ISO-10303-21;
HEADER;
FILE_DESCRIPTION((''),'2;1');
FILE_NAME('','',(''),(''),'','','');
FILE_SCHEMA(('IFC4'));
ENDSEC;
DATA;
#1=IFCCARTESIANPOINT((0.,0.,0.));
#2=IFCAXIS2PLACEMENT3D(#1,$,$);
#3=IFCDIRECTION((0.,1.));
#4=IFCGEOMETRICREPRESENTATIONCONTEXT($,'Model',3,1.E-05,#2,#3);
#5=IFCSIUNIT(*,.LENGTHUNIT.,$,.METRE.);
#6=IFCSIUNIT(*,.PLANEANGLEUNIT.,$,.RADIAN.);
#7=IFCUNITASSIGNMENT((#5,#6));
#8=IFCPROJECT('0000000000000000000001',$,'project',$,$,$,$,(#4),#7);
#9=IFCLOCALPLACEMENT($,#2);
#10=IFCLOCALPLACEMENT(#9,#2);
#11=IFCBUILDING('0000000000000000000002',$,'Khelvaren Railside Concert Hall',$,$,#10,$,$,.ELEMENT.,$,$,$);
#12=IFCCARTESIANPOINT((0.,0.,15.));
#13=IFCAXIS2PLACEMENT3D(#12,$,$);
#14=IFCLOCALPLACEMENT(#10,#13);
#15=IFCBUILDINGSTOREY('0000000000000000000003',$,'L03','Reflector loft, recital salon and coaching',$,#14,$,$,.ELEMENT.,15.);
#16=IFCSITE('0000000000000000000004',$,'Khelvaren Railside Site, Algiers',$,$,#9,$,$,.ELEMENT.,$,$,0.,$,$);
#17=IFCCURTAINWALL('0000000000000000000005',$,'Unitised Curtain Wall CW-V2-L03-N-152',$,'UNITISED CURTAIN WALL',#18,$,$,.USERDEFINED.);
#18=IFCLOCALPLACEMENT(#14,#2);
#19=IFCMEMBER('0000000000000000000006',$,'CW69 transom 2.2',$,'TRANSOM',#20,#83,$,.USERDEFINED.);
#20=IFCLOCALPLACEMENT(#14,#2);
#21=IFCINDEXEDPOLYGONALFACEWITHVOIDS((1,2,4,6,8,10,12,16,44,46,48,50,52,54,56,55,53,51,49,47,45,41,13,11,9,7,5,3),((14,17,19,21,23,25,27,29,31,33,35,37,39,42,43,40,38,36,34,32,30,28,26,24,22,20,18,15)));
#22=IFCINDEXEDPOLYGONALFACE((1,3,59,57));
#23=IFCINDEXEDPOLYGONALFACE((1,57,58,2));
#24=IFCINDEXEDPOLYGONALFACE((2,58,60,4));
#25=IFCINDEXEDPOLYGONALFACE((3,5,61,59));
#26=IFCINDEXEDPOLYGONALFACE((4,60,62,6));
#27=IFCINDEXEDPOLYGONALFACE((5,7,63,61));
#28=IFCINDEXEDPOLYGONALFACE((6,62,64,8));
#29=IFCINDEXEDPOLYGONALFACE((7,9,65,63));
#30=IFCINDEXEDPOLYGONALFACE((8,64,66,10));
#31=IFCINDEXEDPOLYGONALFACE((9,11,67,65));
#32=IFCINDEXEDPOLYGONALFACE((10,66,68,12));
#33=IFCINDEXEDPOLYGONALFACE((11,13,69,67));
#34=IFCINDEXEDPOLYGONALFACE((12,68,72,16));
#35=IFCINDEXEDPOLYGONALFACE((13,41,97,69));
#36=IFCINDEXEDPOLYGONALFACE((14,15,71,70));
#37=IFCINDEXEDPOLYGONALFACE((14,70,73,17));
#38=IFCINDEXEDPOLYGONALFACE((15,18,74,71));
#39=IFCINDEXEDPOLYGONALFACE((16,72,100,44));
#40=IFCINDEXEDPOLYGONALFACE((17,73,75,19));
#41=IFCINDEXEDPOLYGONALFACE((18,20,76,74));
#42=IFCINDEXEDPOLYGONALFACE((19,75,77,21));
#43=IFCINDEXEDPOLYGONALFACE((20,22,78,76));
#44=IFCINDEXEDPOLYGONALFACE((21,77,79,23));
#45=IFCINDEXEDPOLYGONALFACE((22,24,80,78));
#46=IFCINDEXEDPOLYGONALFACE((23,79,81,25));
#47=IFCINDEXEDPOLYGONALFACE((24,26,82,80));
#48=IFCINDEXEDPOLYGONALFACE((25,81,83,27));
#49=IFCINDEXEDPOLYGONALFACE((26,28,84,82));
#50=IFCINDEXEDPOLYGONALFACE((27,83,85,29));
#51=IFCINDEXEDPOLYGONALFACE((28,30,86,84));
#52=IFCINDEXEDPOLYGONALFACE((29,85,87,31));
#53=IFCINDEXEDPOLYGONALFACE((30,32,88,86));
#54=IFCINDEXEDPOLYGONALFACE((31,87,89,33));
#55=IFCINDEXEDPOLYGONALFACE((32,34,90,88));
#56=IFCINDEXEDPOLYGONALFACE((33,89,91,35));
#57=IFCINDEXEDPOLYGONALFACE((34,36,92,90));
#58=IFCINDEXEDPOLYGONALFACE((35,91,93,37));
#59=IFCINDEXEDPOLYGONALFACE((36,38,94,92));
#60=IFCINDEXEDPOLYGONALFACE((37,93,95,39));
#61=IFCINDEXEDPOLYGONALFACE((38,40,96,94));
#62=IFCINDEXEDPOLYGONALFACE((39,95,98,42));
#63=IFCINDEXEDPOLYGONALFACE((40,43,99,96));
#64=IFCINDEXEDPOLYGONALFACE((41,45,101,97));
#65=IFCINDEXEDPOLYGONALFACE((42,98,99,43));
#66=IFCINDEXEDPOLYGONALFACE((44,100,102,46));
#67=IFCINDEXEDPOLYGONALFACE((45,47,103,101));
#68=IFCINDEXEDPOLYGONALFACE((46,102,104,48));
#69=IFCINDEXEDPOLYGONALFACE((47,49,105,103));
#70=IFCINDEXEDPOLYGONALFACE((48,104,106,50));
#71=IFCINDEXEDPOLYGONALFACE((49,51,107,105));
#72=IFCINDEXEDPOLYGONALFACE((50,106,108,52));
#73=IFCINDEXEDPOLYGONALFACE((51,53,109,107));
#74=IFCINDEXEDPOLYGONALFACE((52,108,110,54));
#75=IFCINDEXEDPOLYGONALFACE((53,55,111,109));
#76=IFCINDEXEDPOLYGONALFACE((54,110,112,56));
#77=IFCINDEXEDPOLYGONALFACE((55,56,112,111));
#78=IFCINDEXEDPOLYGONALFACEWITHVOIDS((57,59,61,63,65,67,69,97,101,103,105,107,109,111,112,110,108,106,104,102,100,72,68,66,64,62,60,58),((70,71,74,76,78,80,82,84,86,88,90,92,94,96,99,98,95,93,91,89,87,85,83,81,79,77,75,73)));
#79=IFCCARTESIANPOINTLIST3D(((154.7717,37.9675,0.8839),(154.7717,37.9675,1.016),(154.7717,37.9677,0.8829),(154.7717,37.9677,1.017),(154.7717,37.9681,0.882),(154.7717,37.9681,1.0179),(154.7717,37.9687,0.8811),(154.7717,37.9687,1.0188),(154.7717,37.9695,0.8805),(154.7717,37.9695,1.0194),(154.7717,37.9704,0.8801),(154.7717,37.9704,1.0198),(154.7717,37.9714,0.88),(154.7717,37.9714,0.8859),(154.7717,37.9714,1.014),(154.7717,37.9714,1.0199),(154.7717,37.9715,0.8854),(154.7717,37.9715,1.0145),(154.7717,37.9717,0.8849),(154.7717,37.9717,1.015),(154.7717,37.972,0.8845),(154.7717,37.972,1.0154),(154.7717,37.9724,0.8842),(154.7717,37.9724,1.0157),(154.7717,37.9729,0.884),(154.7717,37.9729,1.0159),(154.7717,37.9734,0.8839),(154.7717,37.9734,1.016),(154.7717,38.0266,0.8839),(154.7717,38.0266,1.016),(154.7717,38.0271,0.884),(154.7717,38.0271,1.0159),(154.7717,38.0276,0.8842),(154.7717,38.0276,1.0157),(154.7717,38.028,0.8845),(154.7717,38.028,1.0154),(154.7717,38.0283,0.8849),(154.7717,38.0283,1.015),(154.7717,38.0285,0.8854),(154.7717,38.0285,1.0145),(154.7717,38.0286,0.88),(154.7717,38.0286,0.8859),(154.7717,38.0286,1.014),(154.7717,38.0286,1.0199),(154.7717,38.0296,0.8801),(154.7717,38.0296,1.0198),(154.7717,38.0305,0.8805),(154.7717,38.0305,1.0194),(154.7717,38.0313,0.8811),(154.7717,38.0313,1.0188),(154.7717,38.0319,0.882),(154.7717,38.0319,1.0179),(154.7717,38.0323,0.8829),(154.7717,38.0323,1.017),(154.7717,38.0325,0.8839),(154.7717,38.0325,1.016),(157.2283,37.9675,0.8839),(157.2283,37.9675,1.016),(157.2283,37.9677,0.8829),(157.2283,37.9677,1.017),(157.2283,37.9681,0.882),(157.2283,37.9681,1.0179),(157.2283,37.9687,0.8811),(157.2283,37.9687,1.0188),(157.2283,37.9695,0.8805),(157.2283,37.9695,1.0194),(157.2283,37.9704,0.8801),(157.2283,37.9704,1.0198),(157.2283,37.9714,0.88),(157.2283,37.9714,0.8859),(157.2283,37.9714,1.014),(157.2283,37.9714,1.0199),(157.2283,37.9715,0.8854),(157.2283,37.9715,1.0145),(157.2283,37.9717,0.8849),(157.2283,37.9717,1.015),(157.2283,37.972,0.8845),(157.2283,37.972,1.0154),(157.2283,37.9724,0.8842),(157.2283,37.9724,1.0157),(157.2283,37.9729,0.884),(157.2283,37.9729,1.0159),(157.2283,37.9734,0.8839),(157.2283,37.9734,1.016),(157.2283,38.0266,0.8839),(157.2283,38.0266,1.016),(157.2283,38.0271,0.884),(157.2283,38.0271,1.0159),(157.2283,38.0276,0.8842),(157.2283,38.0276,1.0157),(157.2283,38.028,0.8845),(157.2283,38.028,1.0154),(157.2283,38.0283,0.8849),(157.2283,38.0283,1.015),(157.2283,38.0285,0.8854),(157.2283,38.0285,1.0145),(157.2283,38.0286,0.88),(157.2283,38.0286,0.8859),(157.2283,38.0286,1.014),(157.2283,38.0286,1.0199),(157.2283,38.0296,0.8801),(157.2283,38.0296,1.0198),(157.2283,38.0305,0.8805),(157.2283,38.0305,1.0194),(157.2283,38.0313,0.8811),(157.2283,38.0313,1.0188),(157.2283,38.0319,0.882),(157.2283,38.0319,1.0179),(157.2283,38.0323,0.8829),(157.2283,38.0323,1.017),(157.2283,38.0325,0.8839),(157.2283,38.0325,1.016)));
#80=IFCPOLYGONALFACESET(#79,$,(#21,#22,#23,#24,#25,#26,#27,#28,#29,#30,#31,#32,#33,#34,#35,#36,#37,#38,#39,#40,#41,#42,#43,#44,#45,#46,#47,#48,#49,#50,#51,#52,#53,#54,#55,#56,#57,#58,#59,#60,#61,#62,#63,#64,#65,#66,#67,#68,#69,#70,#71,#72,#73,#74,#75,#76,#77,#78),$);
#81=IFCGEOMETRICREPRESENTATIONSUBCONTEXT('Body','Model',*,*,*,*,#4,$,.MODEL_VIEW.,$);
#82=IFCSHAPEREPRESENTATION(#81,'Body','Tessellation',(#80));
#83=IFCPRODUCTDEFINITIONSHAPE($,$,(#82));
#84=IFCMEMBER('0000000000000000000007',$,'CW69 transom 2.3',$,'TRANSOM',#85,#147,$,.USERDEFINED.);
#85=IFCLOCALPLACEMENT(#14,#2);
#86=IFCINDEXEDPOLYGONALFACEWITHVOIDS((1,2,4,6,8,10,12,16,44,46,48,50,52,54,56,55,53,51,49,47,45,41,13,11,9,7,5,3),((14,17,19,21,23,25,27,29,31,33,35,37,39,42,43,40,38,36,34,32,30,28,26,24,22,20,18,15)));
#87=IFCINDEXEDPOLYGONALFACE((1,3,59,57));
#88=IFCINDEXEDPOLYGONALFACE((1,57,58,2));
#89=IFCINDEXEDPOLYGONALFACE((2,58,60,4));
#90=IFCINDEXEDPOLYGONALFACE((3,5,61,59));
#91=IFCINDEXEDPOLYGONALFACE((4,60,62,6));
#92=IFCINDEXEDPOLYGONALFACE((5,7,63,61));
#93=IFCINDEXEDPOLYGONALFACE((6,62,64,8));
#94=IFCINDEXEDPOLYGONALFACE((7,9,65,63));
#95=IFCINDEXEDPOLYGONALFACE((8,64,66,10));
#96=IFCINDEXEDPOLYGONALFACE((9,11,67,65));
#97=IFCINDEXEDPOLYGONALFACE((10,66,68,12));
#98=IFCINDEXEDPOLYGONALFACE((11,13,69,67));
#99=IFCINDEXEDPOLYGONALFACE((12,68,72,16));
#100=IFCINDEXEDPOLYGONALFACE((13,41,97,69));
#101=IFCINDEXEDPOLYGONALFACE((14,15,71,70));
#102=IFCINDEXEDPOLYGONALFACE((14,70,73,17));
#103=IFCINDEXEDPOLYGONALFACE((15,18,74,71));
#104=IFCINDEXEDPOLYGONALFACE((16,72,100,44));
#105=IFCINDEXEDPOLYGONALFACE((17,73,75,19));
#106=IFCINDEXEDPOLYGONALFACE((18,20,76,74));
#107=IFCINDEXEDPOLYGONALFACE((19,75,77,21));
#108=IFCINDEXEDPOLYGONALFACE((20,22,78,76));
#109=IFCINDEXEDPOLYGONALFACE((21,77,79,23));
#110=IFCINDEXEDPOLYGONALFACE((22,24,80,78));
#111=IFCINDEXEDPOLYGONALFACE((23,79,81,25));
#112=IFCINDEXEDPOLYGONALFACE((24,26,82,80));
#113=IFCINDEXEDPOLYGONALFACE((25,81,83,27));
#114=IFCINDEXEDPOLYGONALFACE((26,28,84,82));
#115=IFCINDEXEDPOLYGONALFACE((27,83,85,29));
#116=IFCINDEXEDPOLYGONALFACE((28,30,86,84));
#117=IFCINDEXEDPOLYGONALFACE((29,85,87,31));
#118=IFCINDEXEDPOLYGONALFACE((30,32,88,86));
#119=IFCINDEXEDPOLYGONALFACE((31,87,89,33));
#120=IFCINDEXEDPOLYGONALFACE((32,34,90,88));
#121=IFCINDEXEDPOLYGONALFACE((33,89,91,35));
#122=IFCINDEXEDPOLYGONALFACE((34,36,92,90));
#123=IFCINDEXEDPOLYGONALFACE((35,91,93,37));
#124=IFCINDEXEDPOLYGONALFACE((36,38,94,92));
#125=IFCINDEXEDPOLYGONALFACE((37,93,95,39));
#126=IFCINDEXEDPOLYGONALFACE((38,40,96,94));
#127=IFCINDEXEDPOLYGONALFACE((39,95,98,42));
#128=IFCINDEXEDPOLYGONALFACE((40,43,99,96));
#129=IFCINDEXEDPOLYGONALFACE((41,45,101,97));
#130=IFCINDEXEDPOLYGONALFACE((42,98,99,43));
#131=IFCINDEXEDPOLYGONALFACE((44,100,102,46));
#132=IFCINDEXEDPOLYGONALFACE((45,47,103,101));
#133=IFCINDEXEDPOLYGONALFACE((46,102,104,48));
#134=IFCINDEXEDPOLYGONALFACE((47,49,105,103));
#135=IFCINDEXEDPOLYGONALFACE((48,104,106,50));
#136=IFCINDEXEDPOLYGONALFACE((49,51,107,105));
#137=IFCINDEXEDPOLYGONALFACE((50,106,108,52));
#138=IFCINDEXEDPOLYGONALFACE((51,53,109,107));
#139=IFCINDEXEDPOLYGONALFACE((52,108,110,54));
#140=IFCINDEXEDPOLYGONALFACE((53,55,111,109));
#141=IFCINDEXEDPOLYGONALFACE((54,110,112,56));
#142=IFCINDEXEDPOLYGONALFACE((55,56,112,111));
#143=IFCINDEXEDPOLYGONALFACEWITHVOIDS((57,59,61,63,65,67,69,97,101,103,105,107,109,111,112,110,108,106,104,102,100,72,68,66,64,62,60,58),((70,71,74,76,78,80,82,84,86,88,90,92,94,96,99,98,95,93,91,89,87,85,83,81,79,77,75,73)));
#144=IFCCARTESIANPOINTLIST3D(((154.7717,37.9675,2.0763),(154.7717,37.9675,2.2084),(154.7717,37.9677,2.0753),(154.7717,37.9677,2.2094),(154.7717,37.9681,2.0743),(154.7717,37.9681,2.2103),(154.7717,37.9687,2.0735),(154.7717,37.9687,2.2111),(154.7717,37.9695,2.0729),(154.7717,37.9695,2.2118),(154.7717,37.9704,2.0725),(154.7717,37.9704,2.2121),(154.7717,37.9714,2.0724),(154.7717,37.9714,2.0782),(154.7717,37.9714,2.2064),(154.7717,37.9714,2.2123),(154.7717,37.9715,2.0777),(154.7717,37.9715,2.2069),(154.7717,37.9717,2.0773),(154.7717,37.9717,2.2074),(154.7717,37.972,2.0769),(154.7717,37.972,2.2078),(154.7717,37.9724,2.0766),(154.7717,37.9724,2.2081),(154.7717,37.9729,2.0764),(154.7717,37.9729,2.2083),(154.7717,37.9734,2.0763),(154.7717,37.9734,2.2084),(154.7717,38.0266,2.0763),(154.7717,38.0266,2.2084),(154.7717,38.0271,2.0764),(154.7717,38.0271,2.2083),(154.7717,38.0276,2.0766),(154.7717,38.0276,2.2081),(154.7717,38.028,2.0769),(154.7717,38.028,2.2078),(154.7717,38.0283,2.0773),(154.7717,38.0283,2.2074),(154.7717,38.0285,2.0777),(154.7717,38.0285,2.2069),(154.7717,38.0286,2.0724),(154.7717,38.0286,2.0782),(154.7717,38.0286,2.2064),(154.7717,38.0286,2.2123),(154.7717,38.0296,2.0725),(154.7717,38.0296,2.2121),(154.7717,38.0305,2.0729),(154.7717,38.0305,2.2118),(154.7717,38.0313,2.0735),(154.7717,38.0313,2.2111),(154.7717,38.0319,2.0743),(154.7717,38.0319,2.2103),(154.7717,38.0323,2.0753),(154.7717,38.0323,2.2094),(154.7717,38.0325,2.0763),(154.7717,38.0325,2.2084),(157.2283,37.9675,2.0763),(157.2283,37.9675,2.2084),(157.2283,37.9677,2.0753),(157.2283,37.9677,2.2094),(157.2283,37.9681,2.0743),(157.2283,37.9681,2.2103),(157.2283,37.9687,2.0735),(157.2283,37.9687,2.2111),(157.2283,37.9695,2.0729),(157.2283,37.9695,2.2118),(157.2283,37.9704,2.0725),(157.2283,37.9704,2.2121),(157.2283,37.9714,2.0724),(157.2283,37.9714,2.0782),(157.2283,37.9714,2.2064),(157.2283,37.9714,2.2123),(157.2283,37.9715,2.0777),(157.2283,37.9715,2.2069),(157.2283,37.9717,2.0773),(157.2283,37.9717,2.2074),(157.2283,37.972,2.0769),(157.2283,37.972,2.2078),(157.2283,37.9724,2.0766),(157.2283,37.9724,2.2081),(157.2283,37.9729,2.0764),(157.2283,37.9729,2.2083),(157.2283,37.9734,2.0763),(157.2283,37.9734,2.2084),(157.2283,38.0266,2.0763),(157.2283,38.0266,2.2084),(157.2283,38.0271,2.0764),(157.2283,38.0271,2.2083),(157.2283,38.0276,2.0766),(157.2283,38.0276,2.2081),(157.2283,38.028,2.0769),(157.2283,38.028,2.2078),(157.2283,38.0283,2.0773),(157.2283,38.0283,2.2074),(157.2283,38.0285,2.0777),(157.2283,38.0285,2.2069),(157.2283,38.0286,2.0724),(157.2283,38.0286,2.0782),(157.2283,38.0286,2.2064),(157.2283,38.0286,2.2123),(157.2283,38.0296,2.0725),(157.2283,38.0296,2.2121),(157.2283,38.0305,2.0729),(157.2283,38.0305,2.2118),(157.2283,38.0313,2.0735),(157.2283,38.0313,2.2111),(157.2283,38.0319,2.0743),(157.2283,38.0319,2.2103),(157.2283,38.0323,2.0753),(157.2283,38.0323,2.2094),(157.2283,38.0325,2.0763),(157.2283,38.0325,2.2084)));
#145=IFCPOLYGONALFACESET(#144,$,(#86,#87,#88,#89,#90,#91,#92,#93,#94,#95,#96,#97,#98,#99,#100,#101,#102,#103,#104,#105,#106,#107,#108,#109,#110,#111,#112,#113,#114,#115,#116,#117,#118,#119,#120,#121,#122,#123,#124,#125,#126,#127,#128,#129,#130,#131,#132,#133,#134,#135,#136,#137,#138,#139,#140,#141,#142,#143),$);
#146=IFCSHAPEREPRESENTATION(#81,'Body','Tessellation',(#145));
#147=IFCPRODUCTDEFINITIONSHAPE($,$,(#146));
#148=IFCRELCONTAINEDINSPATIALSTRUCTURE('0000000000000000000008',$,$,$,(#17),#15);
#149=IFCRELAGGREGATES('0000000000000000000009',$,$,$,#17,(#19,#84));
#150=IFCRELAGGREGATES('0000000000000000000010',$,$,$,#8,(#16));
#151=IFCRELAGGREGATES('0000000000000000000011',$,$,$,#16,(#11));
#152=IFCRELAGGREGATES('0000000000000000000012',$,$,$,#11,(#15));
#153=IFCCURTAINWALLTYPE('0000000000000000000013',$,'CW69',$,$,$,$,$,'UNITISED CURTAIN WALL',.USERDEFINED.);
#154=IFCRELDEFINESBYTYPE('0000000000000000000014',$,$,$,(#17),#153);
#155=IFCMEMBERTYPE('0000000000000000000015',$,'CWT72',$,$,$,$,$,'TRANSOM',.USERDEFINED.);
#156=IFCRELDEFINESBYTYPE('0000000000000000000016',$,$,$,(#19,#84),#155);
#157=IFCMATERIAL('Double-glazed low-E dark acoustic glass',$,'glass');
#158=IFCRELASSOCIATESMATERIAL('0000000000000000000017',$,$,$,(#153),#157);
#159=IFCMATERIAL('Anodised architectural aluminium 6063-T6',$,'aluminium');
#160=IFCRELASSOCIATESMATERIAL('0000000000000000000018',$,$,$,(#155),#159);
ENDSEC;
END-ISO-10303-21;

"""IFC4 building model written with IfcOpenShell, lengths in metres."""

from ifc_helpers import new_model, si_unit, direction, frame, origin, origin_2d, place, context, subcontext, project, spatial, hollow_rectangle, extrude, material, material_profile, profile_set, type_object, element, aggregate, save


model = new_model("IFC4")

# Units and contexts
model_context = context("Model", 3, precision=1e-05, world=origin(), true_north=direction((0.0, 1.0)))
body_context = subcontext(model_context, "Body", "Model", "MODEL_VIEW")
ifc_project = project(units=[si_unit("LENGTHUNIT", "METRE"), si_unit("PLANEANGLEUNIT", "RADIAN")], contexts=[model_context])

# Site, building, storey
site_placement = place(None, origin())
site = spatial("IfcSite", under=ifc_project, at=site_placement, Name="Khelvaren Railside Site, Algiers", CompositionType="ELEMENT", RefElevation=0.0)
building_placement = place(site_placement, origin())
building = spatial("IfcBuilding", under=site, at=building_placement, Name="Khelvaren Railside Concert Hall", CompositionType="ELEMENT")
storey_placement = place(building_placement, frame((0.0, 0.0, 15.0)))
storey = spatial("IfcBuildingStorey", under=building, at=storey_placement, Name="L03", Description="Reflector loft, recital salon and coaching", CompositionType="ELEMENT", Elevation=15.0)

# Curtain wall
ifc_material_1 = material(Name="Double-glazed low-E dark acoustic glass", Category="glass")
ifc_material_2 = material(Name="Anodised architectural aluminium 6063-T6", Category="aluminium")
curtain_wall_type_1 = type_object("IfcCurtainWallType", Name="CW69", ElementType="UNITISED CURTAIN WALL", PredefinedType="USERDEFINED", material=ifc_material_1)
curtain_wall_1_placement = place(storey_placement, origin())
curtain_wall_1 = element("IfcCurtainWall", 1, at=curtain_wall_1_placement, inside=storey, type_object=curtain_wall_type_1, Name="Unitised Curtain Wall CW-V2-L03-N-152", ObjectType="UNITISED CURTAIN WALL", PredefinedType="USERDEFINED")

# Members
ifc_material_profile_1 = material_profile(ifc_material_2, hollow_rectangle(XDim=0.0649, YDim=0.1399, WallThickness=0.0039, InnerFilletRadius=0.002, OuterFilletRadius=0.0039, at=origin_2d()), Name="CWT 65x140x4")
ifc_profile_set_1 = profile_set([ifc_material_profile_1], Name="Anodised architectural aluminium 6063-T6")
member_type_1 = type_object("IfcMemberType", Name="CWT72", ElementType="TRANSOM", PredefinedType="USERDEFINED", material=ifc_profile_set_1)
member_1_placement = place(storey_placement, frame((154.7717, 38.0, 0.95), z_axis=(1.0, 0.0, 0.0), x_axis=(0.0, 1.0, 0.0)))
member_1 = element("IfcMember", 2, at=member_1_placement, type_object=member_type_1, Name="CW69 transom 2.2", ObjectType="TRANSOM", PredefinedType="USERDEFINED", context=body_context, shape_type="SweptSolid", body=[
    extrude(hollow_rectangle(XDim=0.0649, YDim=0.1399, WallThickness=0.0039, InnerFilletRadius=0.002, OuterFilletRadius=0.0039, at=origin_2d()), origin(), (0.0, 0.0, 1.0), 2.4565),
])
member_2_placement = place(storey_placement, frame((154.7717, 38.0, 2.1423), z_axis=(1.0, 0.0, 0.0), x_axis=(0.0, 1.0, 0.0)))
member_2 = element("IfcMember", 3, at=member_2_placement, type_object=member_type_1, Name="CW69 transom 2.3", ObjectType="TRANSOM", PredefinedType="USERDEFINED", context=body_context, shape_type="SweptSolid", body=[
    extrude(hollow_rectangle(XDim=0.0649, YDim=0.1399, WallThickness=0.0039, InnerFilletRadius=0.002, OuterFilletRadius=0.0039, at=origin_2d()), origin(), (0.0, 0.0, 1.0), 2.4565),
])

aggregate(curtain_wall_1, [member_1, member_2])

save(model, "model.ifc")
